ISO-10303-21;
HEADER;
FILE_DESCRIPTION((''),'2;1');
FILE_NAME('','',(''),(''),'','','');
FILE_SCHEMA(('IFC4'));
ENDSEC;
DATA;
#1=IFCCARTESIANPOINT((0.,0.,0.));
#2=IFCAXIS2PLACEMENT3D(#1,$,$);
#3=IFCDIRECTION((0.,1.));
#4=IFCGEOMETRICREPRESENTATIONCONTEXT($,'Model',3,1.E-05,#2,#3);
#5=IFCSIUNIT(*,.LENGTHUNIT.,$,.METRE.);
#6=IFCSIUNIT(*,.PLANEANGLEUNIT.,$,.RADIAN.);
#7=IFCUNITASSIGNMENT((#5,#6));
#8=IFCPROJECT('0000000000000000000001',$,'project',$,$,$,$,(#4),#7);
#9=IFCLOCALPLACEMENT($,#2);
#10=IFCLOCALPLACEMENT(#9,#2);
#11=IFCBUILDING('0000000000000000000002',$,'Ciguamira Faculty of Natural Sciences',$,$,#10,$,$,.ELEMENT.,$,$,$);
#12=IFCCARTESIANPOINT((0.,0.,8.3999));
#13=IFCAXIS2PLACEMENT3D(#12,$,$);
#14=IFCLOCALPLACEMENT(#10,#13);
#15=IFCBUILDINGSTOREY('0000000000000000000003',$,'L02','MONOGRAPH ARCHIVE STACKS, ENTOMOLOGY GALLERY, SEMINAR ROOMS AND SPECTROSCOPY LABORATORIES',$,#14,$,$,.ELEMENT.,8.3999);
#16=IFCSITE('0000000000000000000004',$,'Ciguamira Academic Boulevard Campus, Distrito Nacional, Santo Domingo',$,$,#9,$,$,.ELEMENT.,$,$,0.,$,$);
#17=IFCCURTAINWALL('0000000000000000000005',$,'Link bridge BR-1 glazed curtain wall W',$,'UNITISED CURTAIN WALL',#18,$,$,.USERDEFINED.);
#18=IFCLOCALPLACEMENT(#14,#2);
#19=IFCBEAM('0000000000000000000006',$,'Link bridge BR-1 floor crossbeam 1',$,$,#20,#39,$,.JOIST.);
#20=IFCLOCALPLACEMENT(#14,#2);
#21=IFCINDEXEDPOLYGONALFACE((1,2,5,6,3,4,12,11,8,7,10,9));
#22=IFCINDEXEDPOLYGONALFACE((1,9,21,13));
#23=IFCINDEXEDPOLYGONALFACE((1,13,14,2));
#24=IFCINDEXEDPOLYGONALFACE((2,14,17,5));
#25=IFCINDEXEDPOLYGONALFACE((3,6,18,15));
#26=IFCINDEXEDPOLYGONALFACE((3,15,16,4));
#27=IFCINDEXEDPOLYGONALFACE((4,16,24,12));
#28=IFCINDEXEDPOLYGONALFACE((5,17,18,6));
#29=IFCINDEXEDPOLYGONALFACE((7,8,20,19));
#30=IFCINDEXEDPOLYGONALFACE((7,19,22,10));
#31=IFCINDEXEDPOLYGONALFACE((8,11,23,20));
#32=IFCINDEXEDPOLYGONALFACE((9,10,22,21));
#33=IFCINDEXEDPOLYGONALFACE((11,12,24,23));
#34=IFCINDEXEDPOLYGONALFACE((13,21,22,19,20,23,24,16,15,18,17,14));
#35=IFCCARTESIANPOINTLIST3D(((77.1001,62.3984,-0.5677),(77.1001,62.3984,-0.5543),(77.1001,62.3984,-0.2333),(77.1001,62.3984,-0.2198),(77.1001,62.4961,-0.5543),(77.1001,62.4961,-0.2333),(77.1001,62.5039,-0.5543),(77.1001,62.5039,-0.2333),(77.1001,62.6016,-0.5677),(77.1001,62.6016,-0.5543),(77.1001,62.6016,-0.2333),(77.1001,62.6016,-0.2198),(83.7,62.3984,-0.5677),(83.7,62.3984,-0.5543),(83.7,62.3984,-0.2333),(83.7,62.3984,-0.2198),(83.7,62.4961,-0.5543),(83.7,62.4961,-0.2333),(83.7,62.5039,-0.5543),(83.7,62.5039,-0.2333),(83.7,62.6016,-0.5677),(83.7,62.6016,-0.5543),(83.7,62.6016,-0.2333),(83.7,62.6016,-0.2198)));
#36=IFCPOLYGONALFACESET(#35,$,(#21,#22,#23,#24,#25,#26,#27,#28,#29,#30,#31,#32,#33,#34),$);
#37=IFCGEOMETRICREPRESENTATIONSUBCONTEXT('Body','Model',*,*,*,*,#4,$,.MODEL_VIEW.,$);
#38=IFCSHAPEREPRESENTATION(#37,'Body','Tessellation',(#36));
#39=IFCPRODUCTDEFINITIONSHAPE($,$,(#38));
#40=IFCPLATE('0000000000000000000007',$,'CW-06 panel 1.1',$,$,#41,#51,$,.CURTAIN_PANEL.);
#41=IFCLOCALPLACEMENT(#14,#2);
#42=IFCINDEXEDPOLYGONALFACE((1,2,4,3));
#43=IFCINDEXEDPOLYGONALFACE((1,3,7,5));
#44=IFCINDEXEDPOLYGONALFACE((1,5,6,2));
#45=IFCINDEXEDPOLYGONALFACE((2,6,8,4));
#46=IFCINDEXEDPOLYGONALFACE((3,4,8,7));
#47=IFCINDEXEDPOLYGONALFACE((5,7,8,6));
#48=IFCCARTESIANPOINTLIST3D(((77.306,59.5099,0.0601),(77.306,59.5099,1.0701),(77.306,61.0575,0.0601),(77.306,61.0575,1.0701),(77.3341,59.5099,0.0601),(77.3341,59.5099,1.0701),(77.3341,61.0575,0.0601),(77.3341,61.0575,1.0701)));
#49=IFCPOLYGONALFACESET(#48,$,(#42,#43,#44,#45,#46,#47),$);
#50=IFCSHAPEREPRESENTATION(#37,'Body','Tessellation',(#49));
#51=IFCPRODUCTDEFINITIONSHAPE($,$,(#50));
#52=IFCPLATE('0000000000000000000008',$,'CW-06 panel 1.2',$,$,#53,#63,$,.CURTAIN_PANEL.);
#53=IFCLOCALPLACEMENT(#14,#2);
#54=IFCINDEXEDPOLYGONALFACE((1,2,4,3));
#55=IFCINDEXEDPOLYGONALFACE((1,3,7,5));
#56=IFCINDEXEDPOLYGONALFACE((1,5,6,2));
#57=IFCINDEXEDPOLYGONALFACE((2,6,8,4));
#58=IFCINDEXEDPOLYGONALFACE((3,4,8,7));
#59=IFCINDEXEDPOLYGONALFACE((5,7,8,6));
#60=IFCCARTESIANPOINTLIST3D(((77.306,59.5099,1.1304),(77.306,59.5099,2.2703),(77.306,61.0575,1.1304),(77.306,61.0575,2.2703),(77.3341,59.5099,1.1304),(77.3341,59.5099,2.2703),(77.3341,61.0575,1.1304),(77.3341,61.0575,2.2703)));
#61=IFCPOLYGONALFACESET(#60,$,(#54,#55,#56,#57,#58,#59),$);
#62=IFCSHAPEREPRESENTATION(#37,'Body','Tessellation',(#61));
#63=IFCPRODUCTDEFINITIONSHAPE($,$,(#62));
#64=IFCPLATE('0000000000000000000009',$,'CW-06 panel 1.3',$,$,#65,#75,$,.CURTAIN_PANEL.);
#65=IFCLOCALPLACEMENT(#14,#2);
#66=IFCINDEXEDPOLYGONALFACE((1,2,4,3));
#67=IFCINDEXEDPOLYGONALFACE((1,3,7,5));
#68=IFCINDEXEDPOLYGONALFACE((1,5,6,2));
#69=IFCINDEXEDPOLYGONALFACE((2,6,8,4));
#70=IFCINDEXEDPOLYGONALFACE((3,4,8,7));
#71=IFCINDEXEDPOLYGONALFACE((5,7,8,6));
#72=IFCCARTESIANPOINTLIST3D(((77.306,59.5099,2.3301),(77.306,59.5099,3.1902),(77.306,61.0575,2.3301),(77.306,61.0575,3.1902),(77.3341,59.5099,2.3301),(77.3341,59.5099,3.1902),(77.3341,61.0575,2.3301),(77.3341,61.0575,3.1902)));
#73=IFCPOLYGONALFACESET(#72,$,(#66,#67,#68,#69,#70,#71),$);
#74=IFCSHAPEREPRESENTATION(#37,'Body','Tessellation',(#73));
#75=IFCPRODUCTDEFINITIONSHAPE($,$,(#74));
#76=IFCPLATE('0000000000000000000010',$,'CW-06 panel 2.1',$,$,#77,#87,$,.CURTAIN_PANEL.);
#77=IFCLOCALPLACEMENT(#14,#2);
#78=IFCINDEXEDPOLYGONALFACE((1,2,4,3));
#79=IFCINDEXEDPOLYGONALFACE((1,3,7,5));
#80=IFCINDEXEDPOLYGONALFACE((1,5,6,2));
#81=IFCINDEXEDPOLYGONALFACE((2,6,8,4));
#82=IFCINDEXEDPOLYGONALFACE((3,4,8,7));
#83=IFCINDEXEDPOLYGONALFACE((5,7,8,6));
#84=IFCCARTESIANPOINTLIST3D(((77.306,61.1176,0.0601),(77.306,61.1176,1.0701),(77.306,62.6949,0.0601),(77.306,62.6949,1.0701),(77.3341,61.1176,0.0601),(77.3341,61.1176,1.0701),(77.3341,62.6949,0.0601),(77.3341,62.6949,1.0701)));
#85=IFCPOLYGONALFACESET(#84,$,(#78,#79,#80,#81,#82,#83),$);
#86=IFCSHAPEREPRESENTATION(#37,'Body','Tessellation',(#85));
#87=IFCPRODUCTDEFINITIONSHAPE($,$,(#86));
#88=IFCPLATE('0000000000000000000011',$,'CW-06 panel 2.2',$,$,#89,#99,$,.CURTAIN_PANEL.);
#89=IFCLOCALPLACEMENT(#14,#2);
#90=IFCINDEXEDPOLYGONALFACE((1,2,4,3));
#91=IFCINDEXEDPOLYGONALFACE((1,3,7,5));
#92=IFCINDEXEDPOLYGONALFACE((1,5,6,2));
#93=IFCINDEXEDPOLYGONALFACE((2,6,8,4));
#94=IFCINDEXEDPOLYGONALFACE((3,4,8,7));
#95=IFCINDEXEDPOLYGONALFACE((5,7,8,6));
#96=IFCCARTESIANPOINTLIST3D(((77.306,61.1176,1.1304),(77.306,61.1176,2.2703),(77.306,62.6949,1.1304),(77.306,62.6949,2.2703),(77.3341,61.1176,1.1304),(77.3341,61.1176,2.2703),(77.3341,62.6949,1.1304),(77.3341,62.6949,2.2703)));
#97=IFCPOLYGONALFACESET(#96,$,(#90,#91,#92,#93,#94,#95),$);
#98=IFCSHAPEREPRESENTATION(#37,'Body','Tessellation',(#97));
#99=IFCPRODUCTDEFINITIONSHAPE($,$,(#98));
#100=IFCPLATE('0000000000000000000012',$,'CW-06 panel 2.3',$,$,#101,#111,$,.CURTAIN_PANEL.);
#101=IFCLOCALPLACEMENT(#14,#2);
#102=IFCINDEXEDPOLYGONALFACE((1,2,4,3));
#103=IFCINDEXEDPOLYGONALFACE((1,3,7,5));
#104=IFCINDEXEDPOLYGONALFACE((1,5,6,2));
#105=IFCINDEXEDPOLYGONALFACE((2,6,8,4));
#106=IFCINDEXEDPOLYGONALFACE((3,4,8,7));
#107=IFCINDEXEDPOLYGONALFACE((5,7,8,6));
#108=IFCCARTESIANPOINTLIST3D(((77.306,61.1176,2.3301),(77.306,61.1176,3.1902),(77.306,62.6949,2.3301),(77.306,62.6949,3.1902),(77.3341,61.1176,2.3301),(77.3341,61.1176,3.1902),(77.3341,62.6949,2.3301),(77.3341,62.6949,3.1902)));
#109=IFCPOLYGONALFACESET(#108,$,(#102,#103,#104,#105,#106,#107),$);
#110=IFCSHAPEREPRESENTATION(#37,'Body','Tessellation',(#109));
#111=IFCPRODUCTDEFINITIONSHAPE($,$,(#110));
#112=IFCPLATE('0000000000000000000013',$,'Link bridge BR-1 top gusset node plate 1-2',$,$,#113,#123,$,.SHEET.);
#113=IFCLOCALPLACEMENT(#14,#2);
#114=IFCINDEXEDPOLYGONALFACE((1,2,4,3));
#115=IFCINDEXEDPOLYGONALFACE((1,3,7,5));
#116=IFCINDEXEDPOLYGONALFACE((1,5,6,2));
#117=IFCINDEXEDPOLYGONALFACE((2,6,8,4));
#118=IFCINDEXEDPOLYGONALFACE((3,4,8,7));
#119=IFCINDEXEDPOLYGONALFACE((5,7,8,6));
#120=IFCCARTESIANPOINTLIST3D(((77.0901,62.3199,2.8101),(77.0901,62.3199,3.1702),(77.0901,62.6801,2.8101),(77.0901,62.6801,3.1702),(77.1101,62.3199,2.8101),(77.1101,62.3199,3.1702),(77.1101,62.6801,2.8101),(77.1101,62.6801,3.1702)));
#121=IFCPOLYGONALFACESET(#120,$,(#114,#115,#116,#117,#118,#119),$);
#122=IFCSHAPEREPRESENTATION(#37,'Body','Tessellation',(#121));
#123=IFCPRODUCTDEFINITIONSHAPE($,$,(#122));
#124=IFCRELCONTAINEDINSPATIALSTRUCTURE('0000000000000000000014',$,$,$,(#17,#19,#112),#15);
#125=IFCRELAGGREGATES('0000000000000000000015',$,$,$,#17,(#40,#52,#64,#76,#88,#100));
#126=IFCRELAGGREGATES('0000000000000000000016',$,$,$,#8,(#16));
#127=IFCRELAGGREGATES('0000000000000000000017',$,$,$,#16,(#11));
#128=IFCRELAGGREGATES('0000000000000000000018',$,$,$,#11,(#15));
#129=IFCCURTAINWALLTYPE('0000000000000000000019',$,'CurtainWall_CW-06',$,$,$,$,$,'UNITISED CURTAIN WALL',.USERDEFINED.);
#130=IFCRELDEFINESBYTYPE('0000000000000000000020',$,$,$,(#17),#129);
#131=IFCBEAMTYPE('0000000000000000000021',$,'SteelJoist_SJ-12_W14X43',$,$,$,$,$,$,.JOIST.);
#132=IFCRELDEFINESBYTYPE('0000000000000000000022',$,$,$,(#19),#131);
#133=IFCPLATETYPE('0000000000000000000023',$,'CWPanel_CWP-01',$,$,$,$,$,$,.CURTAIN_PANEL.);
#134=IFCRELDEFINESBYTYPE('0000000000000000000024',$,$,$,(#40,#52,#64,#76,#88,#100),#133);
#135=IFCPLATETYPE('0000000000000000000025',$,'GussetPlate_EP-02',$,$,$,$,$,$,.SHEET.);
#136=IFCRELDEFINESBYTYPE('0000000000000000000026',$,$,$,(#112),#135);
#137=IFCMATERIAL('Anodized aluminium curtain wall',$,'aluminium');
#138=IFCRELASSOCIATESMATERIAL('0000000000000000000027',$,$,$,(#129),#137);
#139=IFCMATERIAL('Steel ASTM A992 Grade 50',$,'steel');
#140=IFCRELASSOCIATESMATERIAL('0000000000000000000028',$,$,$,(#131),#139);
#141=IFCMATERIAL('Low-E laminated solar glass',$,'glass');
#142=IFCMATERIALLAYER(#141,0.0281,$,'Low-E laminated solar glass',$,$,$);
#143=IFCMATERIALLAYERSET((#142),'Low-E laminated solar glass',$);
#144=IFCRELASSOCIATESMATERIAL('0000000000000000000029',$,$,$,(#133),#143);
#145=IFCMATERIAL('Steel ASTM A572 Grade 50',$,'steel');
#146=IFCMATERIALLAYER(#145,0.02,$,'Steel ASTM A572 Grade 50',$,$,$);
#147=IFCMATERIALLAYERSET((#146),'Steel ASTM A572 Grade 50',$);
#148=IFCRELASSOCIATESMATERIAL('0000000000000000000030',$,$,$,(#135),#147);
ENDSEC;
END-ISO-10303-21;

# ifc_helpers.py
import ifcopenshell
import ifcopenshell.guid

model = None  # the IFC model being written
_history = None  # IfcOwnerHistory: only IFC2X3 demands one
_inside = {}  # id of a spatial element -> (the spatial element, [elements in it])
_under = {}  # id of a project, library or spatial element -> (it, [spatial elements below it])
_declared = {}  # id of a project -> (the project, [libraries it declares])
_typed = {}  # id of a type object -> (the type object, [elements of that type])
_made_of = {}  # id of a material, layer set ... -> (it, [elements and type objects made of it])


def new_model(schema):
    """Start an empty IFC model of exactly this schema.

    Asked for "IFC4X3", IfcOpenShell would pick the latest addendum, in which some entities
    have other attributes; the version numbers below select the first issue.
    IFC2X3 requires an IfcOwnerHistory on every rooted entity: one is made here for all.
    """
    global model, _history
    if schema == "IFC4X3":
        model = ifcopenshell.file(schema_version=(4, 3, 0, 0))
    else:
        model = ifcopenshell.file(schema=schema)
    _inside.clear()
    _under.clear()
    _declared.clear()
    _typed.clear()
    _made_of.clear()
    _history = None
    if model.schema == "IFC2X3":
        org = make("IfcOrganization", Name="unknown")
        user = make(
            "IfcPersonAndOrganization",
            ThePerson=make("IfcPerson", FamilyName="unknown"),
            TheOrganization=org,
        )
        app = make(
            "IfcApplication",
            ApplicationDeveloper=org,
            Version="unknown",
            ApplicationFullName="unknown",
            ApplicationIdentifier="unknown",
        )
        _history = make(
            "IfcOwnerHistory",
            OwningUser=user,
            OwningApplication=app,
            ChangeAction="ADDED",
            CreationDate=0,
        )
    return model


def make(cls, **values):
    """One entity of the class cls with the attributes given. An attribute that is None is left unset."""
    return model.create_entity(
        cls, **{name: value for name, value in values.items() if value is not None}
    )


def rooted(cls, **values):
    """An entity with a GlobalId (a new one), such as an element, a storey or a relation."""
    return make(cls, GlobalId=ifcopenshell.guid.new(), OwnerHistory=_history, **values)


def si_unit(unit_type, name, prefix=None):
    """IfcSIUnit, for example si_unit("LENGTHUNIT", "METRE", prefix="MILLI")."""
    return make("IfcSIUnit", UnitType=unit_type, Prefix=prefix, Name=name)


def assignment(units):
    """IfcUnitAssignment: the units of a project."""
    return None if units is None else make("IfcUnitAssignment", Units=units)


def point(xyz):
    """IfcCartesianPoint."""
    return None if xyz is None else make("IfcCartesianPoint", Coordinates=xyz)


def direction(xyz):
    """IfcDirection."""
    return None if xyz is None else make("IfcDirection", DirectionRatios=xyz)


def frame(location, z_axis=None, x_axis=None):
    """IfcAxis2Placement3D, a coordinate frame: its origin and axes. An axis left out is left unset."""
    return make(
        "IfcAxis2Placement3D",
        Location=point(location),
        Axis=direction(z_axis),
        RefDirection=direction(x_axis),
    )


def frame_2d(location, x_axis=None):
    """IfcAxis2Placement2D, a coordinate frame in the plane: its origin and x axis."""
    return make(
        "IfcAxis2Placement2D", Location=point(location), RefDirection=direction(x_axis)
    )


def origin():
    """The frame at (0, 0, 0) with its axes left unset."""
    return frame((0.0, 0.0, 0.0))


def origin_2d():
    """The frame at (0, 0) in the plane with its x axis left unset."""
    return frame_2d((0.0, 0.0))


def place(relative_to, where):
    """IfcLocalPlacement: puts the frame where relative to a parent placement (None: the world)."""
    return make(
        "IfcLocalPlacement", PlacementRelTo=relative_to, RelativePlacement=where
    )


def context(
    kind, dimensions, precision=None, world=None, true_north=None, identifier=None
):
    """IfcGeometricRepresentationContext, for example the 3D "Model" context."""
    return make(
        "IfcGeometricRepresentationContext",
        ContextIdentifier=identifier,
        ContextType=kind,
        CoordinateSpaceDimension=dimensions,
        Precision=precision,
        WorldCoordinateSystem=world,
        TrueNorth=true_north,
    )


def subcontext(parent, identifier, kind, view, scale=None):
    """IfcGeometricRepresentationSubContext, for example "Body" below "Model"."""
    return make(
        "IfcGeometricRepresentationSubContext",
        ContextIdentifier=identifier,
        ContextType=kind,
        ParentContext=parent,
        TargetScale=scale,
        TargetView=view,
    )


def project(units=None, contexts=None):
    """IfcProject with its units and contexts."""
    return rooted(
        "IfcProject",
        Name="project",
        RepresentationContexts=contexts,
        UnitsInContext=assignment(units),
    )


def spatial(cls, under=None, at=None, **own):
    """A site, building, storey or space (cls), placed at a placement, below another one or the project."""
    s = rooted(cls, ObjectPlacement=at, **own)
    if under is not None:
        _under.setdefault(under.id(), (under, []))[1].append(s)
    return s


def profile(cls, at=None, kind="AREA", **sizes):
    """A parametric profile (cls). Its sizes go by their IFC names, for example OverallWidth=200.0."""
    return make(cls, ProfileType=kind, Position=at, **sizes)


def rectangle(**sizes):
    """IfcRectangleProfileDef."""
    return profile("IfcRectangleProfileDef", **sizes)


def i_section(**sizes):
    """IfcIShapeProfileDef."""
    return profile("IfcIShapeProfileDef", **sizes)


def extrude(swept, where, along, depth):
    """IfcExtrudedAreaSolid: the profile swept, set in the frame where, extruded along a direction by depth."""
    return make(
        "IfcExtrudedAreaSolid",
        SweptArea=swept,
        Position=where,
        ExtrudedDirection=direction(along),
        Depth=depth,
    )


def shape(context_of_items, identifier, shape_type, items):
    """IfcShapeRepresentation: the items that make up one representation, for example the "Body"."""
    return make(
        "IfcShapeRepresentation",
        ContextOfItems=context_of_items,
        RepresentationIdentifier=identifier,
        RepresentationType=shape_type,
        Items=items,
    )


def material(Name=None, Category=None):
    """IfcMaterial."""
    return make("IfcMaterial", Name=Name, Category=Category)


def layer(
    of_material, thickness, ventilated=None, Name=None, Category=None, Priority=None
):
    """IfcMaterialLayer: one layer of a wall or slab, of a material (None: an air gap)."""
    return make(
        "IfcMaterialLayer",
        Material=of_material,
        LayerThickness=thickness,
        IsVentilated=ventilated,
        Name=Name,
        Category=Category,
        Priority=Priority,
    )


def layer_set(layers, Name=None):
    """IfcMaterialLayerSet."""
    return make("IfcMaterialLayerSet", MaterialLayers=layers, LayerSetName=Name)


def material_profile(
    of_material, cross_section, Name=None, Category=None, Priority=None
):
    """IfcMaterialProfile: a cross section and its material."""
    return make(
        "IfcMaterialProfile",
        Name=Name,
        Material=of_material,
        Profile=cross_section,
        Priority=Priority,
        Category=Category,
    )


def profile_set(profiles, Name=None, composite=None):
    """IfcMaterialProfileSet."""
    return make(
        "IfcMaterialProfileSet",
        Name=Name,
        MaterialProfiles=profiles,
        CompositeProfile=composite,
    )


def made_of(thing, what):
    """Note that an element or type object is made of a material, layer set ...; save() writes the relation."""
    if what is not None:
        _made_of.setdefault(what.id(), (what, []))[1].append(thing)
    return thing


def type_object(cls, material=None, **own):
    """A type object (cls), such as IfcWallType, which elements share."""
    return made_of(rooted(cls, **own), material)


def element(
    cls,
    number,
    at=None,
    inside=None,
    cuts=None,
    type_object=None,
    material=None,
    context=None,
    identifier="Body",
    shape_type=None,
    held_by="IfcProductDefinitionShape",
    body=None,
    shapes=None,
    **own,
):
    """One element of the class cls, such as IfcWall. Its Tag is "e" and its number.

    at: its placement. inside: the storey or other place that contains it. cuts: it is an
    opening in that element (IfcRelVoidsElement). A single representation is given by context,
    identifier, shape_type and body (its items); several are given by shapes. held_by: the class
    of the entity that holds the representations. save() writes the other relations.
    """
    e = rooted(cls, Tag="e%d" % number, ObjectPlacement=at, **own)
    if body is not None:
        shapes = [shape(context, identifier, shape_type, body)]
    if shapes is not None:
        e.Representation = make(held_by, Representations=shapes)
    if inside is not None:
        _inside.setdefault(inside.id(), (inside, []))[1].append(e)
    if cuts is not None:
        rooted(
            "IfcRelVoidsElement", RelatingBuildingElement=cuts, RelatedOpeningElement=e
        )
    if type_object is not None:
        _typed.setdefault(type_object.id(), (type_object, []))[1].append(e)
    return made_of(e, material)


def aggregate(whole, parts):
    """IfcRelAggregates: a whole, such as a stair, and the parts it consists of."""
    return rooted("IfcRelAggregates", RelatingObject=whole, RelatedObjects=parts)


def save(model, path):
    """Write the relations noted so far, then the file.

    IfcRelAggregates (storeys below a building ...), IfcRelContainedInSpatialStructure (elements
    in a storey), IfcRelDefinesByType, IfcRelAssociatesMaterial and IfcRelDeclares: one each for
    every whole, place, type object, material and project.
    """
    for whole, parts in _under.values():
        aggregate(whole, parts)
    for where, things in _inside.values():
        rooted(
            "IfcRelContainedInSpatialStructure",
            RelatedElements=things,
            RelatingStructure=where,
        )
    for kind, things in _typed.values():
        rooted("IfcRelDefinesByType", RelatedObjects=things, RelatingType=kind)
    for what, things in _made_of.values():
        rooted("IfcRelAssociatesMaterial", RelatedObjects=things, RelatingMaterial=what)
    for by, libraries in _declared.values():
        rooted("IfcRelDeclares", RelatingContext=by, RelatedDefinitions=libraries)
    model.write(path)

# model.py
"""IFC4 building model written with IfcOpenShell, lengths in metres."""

from ifc_helpers import new_model, si_unit, direction, frame, origin, origin_2d, place, context, subcontext, project, spatial, rectangle, i_section, extrude, material, layer, layer_set, material_profile, profile_set, type_object, element, aggregate, save


model = new_model("IFC4")

# Units and contexts
model_context = context("Model", 3, precision=1e-05, world=origin(), true_north=direction((0.0, 1.0)))
body_context = subcontext(model_context, "Body", "Model", "MODEL_VIEW")
ifc_project = project(units=[si_unit("LENGTHUNIT", "METRE"), si_unit("PLANEANGLEUNIT", "RADIAN")], contexts=[model_context])

# Site, building, storey
site_placement = place(None, origin())
site = spatial("IfcSite", under=ifc_project, at=site_placement, Name="Ciguamira Academic Boulevard Campus, Distrito Nacional, Santo Domingo", CompositionType="ELEMENT", RefElevation=0.0)
building_placement = place(site_placement, origin())
building = spatial("IfcBuilding", under=site, at=building_placement, Name="Ciguamira Faculty of Natural Sciences", CompositionType="ELEMENT")
storey_placement = place(building_placement, frame((0.0, 0.0, 8.3999)))
storey = spatial("IfcBuildingStorey", under=building, at=storey_placement, Name="L02", Description="MONOGRAPH ARCHIVE STACKS, ENTOMOLOGY GALLERY, SEMINAR ROOMS AND SPECTROSCOPY LABORATORIES", CompositionType="ELEMENT", Elevation=8.3999)

# Curtain wall
ifc_material_1 = material(Name="Anodized aluminium curtain wall", Category="aluminium")
curtain_wall_type = type_object("IfcCurtainWallType", Name="CurtainWall_CW-06", ElementType="UNITISED CURTAIN WALL", PredefinedType="USERDEFINED", material=ifc_material_1)
curtain_wall_placement = place(storey_placement, origin())
curtain_wall = element("IfcCurtainWall", 1, at=curtain_wall_placement, inside=storey, type_object=curtain_wall_type, Name="Link bridge BR-1 glazed curtain wall W", ObjectType="UNITISED CURTAIN WALL", PredefinedType="USERDEFINED")

# Beam
ifc_material_2 = material(Name="Steel ASTM A992 Grade 50", Category="steel")
ifc_material_profile_1 = material_profile(ifc_material_2, i_section(OverallWidth=0.2031, OverallDepth=0.3479, WebThickness=0.0078, FlangeThickness=0.0134, at=origin_2d()), Name="W14X43")
ifc_profile_set_1 = profile_set([ifc_material_profile_1], Name="Steel ASTM A992 Grade 50")
beam_type = type_object("IfcBeamType", Name="SteelJoist_SJ-12_W14X43", PredefinedType="JOIST", material=ifc_profile_set_1)
beam_placement = place(storey_placement, frame((77.1001, 62.5, -0.3938), z_axis=(1.0, 0.0, 0.0), x_axis=(0.0, 1.0, 0.0)))
element("IfcBeam", 2, at=beam_placement, inside=storey, type_object=beam_type, Name="Link bridge BR-1 floor crossbeam 1", PredefinedType="JOIST", context=body_context, shape_type="SweptSolid", body=[
    extrude(i_section(OverallWidth=0.2031, OverallDepth=0.3479, WebThickness=0.0078, FlangeThickness=0.0134, at=origin_2d()), origin(), (0.0, 0.0, 1.0), 6.5999),
])

# Plates
ifc_material_3 = material(Name="Low-E laminated solar glass", Category="glass")
ifc_layer_1 = layer(ifc_material_3, 0.0281, Name="Low-E laminated solar glass")
ifc_layer_set_1 = layer_set([ifc_layer_1], Name="Low-E laminated solar glass")
plate_type_1 = type_object("IfcPlateType", Name="CWPanel_CWP-01", PredefinedType="CURTAIN_PANEL", material=ifc_layer_set_1)
plate_1_placement = place(storey_placement, frame((77.3201, 60.2837, 0.0601), z_axis=(0.0, 0.0, 1.0), x_axis=(0.0, 1.0, 0.0)))
plate_1 = element("IfcPlate", 3, at=plate_1_placement, type_object=plate_type_1, Name="CW-06 panel 1.1", PredefinedType="CURTAIN_PANEL", context=body_context, shape_type="SweptSolid", body=[
    extrude(rectangle(XDim=1.5476, YDim=0.0281, at=origin_2d()), origin(), (0.0, 0.0, 1.0), 1.01),
])
plate_2_placement = place(storey_placement, frame((77.3201, 60.2837, 1.1304), z_axis=(0.0, 0.0, 1.0), x_axis=(0.0, 1.0, 0.0)))
plate_2 = element("IfcPlate", 4, at=plate_2_placement, type_object=plate_type_1, Name="CW-06 panel 1.2", PredefinedType="CURTAIN_PANEL", context=body_context, shape_type="SweptSolid", body=[
    extrude(rectangle(XDim=1.5476, YDim=0.0281, at=origin_2d()), origin(), (0.0, 0.0, 1.0), 1.1399),
])
plate_3_placement = place(storey_placement, frame((77.3201, 60.2837, 2.3301), z_axis=(0.0, 0.0, 1.0), x_axis=(0.0, 1.0, 0.0)))
plate_3 = element("IfcPlate", 5, at=plate_3_placement, type_object=plate_type_1, Name="CW-06 panel 1.3", PredefinedType="CURTAIN_PANEL", context=body_context, shape_type="SweptSolid", body=[
    extrude(rectangle(XDim=1.5476, YDim=0.0281, at=origin_2d()), origin(), (0.0, 0.0, 1.0), 0.8601),
])
plate_4_placement = place(storey_placement, frame((77.3201, 61.9062, 0.0601), z_axis=(0.0, 0.0, 1.0), x_axis=(0.0, 1.0, 0.0)))
plate_4 = element("IfcPlate", 6, at=plate_4_placement, type_object=plate_type_1, Name="CW-06 panel 2.1", PredefinedType="CURTAIN_PANEL", context=body_context, shape_type="SweptSolid", body=[
    extrude(rectangle(XDim=1.5774, YDim=0.0281, at=origin_2d()), origin(), (0.0, 0.0, 1.0), 1.01),
])
plate_5_placement = place(storey_placement, frame((77.3201, 61.9062, 1.1304), z_axis=(0.0, 0.0, 1.0), x_axis=(0.0, 1.0, 0.0)))
plate_5 = element("IfcPlate", 7, at=plate_5_placement, type_object=plate_type_1, Name="CW-06 panel 2.2", PredefinedType="CURTAIN_PANEL", context=body_context, shape_type="SweptSolid", body=[
    extrude(rectangle(XDim=1.5774, YDim=0.0281, at=origin_2d()), origin(), (0.0, 0.0, 1.0), 1.1399),
])
plate_6_placement = place(storey_placement, frame((77.3201, 61.9062, 2.3301), z_axis=(0.0, 0.0, 1.0), x_axis=(0.0, 1.0, 0.0)))
plate_6 = element("IfcPlate", 8, at=plate_6_placement, type_object=plate_type_1, Name="CW-06 panel 2.3", PredefinedType="CURTAIN_PANEL", context=body_context, shape_type="SweptSolid", body=[
    extrude(rectangle(XDim=1.5774, YDim=0.0281, at=origin_2d()), origin(), (0.0, 0.0, 1.0), 0.8601),
])
aggregate(curtain_wall, [plate_1, plate_2, plate_3, plate_4, plate_5, plate_6])
ifc_material_4 = material(Name="Steel ASTM A572 Grade 50", Category="steel")
ifc_layer_2 = layer(ifc_material_4, 0.02, Name="Steel ASTM A572 Grade 50")
ifc_layer_set_2 = layer_set([ifc_layer_2], Name="Steel ASTM A572 Grade 50")
plate_type_2 = type_object("IfcPlateType", Name="GussetPlate_EP-02", PredefinedType="SHEET", material=ifc_layer_set_2)
plate_7_placement = place(storey_placement, frame((77.1001, 62.5, 2.8101), z_axis=(0.0, 0.0, 1.0), x_axis=(1.0, 0.0, 0.0)))
element("IfcPlate", 9, at=plate_7_placement, inside=storey, type_object=plate_type_2, Name="Link bridge BR-1 top gusset node plate 1-2", PredefinedType="SHEET", context=body_context, shape_type="SweptSolid", body=[
    extrude(rectangle(XDim=0.02, YDim=0.3601, at=origin_2d()), origin(), (0.0, 0.0, 1.0), 0.3601),
])

save(model, "model.ifc")
